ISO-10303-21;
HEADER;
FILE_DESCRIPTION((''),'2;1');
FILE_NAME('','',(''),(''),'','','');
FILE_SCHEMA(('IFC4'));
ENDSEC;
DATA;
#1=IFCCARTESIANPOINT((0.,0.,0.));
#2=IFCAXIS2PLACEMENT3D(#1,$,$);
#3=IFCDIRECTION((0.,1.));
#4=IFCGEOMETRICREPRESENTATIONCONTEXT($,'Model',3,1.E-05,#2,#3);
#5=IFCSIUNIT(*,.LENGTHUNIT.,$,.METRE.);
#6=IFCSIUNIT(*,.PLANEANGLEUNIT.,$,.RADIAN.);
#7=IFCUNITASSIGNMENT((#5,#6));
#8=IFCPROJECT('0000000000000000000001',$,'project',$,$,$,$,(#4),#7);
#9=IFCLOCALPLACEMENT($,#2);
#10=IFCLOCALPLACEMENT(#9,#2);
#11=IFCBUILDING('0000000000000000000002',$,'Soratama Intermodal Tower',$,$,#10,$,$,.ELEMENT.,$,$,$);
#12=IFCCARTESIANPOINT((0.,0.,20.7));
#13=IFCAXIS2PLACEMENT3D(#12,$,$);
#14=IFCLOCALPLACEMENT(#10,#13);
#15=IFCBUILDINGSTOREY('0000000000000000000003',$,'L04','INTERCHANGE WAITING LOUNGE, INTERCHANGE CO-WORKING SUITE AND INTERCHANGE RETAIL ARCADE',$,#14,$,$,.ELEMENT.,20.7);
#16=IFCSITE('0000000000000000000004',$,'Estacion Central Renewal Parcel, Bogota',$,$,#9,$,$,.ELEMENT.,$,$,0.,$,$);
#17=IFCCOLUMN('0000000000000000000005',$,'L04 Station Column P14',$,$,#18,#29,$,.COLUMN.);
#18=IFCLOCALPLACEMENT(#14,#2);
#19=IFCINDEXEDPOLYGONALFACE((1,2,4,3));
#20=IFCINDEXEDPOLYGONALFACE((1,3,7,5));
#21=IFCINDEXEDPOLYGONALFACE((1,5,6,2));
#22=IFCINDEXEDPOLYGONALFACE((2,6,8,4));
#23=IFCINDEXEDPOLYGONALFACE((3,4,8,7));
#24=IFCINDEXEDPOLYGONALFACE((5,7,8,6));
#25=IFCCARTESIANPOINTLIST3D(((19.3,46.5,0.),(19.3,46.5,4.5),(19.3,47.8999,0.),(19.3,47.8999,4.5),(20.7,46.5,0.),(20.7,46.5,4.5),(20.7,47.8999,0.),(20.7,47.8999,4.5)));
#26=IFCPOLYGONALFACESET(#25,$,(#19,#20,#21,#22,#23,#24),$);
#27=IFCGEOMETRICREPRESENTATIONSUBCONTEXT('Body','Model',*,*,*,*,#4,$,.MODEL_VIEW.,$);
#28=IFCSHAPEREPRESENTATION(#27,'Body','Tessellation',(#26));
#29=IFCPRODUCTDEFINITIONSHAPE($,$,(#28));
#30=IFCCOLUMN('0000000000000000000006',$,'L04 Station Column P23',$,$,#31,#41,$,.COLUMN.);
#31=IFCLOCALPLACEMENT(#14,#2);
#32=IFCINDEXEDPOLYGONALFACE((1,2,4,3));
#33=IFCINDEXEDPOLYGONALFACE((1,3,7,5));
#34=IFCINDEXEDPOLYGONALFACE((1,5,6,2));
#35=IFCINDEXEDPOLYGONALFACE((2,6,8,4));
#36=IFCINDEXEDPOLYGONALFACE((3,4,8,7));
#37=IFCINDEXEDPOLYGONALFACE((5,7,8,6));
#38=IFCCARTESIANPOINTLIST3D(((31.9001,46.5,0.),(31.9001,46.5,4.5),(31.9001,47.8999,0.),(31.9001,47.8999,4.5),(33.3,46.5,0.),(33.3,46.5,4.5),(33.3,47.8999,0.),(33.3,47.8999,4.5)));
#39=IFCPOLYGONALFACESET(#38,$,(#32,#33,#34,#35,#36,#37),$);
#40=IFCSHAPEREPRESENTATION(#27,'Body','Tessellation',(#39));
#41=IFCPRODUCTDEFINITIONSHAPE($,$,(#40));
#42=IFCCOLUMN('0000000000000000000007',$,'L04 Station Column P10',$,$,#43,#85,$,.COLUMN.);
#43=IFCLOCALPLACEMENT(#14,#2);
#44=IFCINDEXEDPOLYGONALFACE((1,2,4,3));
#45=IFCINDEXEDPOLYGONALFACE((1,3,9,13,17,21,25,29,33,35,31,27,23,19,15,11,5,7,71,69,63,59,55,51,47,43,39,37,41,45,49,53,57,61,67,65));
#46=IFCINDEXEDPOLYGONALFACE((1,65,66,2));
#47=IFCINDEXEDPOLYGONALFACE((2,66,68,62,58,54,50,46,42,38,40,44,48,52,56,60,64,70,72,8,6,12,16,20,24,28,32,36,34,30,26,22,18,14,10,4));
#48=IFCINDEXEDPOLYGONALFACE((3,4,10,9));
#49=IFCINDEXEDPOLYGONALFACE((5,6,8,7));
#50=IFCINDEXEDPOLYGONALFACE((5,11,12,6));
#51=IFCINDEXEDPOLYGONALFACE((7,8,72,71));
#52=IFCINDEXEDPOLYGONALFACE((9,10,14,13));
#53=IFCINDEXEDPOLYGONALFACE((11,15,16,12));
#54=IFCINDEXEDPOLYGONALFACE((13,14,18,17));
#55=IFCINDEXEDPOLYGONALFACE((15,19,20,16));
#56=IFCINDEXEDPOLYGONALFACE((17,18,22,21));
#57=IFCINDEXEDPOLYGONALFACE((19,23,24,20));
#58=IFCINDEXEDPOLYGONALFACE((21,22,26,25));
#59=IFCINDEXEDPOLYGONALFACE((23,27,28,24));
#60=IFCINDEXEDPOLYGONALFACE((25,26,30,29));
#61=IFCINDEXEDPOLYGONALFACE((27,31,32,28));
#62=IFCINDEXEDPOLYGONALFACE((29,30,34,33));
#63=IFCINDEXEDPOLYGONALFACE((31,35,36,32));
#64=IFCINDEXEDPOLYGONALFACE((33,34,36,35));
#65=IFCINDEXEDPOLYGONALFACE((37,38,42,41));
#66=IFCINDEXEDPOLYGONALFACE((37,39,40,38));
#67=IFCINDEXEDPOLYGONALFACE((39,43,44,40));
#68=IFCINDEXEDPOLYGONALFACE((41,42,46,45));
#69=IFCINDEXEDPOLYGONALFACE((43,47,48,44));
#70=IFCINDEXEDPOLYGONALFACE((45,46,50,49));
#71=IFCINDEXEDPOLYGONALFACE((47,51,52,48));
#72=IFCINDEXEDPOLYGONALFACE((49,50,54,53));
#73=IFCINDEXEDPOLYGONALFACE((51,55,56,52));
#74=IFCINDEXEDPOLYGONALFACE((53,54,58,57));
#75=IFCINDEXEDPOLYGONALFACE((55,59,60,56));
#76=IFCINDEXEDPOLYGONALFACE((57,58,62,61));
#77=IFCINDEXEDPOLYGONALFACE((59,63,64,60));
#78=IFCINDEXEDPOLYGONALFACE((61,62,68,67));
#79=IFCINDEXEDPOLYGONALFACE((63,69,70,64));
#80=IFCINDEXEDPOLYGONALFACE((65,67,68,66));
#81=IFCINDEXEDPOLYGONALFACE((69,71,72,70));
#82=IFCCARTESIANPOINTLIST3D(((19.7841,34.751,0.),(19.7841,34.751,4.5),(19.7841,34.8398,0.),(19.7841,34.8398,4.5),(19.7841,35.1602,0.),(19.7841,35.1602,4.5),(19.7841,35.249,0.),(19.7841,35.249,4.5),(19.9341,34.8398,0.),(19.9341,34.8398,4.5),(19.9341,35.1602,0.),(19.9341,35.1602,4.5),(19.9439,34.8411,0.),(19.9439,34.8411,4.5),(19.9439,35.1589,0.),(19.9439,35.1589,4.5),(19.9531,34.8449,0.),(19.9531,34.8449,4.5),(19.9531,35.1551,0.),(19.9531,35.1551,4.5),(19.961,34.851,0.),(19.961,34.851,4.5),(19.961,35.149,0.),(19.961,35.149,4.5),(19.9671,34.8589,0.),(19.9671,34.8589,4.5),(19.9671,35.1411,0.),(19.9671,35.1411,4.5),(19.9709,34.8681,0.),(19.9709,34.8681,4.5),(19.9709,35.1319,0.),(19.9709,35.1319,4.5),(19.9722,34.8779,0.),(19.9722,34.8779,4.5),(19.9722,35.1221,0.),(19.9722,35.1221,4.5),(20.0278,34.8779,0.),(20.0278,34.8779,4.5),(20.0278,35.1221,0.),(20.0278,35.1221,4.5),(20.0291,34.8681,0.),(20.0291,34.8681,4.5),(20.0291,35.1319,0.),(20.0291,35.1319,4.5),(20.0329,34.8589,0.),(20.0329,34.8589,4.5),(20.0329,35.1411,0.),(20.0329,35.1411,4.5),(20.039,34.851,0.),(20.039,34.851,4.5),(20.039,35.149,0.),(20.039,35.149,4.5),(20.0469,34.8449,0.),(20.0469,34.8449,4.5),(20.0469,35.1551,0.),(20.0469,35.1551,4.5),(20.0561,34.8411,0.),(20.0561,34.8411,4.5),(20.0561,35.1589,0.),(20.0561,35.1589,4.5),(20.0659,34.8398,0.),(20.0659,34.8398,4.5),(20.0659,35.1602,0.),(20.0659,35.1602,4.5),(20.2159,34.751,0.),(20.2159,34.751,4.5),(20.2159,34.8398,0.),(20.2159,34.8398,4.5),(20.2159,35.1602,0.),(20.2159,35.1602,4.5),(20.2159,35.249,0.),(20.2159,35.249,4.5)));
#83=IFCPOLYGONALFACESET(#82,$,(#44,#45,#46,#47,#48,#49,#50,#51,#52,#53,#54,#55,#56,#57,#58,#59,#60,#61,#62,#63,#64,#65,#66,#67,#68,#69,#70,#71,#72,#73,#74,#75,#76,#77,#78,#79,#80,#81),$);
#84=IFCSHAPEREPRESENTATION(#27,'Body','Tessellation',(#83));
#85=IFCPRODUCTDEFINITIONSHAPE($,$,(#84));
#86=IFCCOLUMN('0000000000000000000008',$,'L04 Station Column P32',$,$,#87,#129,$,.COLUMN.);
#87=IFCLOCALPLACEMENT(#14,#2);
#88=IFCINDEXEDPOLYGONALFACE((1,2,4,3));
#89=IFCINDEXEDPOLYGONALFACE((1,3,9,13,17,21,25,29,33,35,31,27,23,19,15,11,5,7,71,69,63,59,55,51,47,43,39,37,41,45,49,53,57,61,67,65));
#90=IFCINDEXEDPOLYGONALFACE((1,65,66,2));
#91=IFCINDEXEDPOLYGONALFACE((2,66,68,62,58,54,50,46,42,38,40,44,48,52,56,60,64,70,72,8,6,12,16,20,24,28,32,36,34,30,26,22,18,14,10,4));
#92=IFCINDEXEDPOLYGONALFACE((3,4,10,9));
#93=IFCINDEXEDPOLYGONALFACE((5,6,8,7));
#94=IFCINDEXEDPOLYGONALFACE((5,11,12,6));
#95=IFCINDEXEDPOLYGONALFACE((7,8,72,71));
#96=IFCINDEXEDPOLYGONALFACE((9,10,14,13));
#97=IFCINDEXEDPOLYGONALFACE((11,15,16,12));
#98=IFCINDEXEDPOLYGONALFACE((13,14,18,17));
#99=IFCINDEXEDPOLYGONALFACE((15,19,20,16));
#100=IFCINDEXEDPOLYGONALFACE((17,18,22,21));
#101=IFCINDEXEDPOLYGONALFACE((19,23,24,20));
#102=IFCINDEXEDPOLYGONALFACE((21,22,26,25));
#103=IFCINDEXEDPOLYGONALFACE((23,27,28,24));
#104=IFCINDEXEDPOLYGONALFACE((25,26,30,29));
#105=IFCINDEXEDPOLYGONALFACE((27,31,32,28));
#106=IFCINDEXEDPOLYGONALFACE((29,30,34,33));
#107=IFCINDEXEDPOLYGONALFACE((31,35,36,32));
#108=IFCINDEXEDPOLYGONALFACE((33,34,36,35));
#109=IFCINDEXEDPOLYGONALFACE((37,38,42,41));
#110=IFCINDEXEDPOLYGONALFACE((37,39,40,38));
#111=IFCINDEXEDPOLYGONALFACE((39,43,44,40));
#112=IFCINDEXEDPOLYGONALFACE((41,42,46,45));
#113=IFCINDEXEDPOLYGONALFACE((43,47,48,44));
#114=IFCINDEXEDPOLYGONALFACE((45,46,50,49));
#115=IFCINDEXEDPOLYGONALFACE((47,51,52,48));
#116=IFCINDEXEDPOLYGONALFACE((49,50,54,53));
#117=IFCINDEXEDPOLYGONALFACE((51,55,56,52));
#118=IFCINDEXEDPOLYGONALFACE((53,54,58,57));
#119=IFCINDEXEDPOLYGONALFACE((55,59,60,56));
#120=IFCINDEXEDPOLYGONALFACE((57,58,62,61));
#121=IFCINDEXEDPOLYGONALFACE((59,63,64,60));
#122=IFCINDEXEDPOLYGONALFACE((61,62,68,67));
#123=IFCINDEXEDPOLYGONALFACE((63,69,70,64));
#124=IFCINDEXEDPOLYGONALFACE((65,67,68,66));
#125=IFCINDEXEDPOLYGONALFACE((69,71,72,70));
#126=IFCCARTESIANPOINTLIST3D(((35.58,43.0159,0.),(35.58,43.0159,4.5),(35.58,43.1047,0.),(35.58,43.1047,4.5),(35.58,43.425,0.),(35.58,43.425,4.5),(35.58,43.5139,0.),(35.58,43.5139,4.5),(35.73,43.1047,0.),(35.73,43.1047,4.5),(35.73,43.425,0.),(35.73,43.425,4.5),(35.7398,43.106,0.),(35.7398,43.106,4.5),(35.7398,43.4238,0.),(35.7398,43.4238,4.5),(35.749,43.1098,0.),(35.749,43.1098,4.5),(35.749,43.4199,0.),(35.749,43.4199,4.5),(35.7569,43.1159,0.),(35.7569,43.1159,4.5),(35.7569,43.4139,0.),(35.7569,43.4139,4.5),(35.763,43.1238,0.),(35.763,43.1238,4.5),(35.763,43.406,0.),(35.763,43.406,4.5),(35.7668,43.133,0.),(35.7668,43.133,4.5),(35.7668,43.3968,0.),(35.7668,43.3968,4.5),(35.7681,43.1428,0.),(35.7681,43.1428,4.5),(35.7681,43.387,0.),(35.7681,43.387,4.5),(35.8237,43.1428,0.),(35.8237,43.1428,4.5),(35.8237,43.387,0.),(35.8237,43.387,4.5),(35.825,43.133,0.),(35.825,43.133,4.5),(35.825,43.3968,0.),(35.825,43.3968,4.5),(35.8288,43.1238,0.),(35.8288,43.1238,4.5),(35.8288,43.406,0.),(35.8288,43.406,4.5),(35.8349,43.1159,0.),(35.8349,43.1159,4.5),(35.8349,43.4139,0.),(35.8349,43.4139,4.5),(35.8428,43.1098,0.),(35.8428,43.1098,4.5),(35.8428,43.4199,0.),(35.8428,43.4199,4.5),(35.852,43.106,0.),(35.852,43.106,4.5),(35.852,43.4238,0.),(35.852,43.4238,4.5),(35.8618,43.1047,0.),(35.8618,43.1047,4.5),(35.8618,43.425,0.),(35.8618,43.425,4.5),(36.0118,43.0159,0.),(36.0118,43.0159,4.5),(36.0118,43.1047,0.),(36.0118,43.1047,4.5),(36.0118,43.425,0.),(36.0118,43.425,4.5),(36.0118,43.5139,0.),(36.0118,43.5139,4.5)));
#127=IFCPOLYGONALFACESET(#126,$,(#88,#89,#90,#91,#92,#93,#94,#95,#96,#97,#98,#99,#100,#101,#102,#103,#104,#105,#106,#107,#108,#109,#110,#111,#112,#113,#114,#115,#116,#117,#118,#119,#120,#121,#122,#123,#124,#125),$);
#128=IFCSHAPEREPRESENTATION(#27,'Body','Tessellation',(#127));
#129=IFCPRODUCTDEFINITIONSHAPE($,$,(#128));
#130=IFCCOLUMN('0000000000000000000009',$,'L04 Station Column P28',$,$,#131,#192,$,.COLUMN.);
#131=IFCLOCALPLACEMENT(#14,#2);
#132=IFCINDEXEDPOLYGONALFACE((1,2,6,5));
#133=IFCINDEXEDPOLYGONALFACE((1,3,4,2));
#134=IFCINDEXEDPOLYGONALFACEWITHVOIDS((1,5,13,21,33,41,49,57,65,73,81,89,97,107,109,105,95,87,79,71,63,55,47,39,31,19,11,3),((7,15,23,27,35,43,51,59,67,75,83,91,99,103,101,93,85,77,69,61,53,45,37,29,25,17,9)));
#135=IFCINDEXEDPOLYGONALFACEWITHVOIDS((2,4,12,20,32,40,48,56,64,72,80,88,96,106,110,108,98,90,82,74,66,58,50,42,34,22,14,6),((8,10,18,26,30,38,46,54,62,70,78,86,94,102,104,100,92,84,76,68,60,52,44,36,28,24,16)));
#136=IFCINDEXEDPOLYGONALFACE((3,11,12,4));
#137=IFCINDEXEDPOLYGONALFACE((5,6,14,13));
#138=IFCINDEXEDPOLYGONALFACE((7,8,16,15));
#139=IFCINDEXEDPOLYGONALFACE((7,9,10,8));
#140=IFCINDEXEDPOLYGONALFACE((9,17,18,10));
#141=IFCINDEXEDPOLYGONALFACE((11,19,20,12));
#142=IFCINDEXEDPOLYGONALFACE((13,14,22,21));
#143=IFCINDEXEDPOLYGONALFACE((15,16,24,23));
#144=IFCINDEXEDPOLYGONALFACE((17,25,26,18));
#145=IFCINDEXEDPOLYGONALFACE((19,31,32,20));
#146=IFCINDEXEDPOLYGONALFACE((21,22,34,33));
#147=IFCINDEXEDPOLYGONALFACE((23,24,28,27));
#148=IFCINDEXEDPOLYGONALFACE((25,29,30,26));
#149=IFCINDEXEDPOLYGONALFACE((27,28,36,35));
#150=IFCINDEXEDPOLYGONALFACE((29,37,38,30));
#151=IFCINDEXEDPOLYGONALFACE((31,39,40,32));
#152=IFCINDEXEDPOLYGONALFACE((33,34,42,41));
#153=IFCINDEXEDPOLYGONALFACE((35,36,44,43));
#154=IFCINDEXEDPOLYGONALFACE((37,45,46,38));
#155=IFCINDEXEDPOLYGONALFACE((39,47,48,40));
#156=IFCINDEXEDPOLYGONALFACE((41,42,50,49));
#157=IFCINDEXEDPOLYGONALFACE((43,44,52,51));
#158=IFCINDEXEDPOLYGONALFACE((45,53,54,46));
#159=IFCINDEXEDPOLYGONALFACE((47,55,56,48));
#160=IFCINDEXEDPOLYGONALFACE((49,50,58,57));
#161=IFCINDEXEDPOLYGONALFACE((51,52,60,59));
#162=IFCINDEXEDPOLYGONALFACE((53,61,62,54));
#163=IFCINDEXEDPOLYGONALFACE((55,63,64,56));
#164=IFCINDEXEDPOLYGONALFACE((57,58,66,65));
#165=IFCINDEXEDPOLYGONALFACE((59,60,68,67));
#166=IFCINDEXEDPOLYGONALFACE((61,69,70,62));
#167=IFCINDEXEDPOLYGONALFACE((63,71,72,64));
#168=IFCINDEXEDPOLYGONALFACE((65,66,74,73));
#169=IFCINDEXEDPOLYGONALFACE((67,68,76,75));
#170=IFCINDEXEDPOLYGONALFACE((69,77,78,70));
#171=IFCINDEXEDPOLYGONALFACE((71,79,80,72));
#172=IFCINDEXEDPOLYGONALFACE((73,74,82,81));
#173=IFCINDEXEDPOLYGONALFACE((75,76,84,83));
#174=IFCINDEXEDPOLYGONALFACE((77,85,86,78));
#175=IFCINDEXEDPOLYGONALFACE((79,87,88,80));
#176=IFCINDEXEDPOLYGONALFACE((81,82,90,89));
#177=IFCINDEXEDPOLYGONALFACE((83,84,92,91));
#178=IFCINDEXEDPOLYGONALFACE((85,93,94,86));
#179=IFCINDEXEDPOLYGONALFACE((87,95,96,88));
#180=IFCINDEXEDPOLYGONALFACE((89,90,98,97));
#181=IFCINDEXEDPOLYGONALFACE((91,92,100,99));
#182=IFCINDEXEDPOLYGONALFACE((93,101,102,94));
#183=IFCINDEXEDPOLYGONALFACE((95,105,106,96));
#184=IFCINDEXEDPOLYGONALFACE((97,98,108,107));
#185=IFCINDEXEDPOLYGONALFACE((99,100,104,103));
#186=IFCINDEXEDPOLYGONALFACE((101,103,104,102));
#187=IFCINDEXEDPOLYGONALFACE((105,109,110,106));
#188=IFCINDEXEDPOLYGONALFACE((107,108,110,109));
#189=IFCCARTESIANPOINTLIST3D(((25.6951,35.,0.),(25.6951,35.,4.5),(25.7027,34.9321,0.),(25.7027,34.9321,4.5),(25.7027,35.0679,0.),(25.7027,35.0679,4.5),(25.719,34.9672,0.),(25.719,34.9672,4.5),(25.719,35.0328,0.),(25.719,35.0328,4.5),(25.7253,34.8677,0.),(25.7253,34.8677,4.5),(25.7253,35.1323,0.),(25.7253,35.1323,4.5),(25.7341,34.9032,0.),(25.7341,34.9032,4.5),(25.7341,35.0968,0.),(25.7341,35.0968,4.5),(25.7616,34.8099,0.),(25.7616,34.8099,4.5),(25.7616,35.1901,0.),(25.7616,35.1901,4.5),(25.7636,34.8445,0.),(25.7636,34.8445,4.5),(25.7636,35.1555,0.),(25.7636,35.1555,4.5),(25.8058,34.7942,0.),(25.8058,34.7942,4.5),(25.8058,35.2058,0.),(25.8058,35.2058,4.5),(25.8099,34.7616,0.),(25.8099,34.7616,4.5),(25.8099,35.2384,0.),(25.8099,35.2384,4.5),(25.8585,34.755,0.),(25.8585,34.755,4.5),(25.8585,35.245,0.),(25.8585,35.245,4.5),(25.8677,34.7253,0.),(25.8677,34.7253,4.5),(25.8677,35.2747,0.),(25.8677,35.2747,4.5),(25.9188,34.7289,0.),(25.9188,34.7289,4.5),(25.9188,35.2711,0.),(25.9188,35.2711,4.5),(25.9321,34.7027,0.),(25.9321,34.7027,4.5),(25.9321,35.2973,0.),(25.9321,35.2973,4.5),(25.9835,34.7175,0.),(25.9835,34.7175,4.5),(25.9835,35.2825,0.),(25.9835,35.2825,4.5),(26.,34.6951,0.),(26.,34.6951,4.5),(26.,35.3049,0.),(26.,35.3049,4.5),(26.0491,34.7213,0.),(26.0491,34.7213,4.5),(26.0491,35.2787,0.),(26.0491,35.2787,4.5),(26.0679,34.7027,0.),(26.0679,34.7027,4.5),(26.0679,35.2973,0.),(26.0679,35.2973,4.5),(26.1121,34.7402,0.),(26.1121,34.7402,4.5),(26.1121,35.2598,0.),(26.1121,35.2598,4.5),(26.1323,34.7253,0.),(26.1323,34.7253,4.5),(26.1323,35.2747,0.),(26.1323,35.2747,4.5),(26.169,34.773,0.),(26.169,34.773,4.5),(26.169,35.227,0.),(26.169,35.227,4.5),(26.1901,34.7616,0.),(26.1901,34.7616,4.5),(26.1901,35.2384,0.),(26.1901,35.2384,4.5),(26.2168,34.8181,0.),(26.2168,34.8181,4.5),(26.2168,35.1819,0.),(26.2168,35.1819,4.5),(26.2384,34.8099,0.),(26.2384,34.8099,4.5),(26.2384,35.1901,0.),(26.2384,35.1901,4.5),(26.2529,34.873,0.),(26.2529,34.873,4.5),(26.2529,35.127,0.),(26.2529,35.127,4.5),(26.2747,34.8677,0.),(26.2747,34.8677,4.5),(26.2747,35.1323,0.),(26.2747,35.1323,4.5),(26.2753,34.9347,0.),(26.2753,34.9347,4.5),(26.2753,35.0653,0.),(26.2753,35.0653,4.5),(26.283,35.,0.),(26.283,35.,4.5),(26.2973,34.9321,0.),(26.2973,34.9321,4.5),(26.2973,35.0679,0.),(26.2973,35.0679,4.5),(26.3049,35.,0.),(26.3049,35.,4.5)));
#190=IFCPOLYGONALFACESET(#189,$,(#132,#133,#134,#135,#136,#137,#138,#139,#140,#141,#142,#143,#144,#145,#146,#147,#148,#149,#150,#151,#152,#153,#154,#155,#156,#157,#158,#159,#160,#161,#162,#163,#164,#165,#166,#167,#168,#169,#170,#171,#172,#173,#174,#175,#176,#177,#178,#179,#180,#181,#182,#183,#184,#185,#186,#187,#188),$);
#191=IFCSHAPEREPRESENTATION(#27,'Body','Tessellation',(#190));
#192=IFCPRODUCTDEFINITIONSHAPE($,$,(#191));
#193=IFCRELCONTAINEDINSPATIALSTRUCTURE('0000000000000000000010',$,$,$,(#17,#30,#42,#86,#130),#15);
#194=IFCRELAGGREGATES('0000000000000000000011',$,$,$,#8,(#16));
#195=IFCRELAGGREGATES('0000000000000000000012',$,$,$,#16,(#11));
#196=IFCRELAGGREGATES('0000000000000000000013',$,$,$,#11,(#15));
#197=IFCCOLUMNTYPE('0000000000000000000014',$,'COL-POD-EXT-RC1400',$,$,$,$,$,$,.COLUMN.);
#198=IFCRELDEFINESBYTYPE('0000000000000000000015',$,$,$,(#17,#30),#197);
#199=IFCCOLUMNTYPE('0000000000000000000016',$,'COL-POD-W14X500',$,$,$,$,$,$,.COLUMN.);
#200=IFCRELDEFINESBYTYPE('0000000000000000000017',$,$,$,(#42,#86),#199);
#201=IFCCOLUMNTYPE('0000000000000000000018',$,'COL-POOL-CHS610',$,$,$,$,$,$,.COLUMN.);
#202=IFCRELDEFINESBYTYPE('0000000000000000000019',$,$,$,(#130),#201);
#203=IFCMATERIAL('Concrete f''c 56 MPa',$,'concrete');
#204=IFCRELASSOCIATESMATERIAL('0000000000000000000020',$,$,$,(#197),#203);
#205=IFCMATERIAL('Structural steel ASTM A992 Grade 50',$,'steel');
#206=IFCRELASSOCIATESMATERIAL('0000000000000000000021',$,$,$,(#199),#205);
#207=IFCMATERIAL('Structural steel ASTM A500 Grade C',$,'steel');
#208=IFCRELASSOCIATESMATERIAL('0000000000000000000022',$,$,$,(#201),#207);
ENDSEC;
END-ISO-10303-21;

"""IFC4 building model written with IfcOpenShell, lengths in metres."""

from ifc_helpers import new_model, si_unit, direction, frame, origin, origin_2d, place, context, subcontext, project, spatial, rectangle, hollow_circle, i_section, extrude, material, material_profile, profile_set, type_object, element, save


model = new_model("IFC4")

# Units and contexts
model_context = context("Model", 3, precision=1e-05, world=origin(), true_north=direction((0.0, 1.0)))
body_context = subcontext(model_context, "Body", "Model", "MODEL_VIEW")
ifc_project = project(units=[si_unit("LENGTHUNIT", "METRE"), si_unit("PLANEANGLEUNIT", "RADIAN")], contexts=[model_context])

# Site, building, storey
site_placement = place(None, origin())
site = spatial("IfcSite", under=ifc_project, at=site_placement, Name="Estacion Central Renewal Parcel, Bogota", CompositionType="ELEMENT", RefElevation=0.0)
building_placement = place(site_placement, origin())
building = spatial("IfcBuilding", under=site, at=building_placement, Name="Soratama Intermodal Tower", CompositionType="ELEMENT")
storey_placement = place(building_placement, frame((0.0, 0.0, 20.7)))
storey = spatial("IfcBuildingStorey", under=building, at=storey_placement, Name="L04", Description="INTERCHANGE WAITING LOUNGE, INTERCHANGE CO-WORKING SUITE AND INTERCHANGE RETAIL ARCADE", CompositionType="ELEMENT", Elevation=20.7)

# Columns
ifc_material_1 = material(Name="Concrete f'c 56 MPa", Category="concrete")
ifc_material_profile_1 = material_profile(ifc_material_1, rectangle(XDim=1.3999, YDim=1.3999, at=origin_2d()), Name="RC1400X1400")
ifc_profile_set_1 = profile_set([ifc_material_profile_1], Name="Concrete f'c 56 MPa")
column_type_1 = type_object("IfcColumnType", Name="COL-POD-EXT-RC1400", PredefinedType="COLUMN", material=ifc_profile_set_1)
for number, where, z_axis, x_axis, name in (
    (1, (20.0, 47.2, 0.0), (0.0, 0.0, 1.0), (1.0, 0.0, 0.0), "L04 Station Column P14"),
    (2, (32.6001, 47.2, 0.0), (0.0, 0.0, 1.0), (1.0, 0.0, 0.0), "L04 Station Column P23"),
):
    element("IfcColumn", number, at=place(storey_placement, frame(where, z_axis=z_axis, x_axis=x_axis)), inside=storey, type_object=column_type_1, Name=name, PredefinedType="COLUMN", context=body_context, shape_type="SweptSolid", body=[
        extrude(rectangle(XDim=1.3999, YDim=1.3999, at=origin_2d()), origin(), (0.0, 0.0, 1.0), 4.5),
    ])
ifc_material_2 = material(Name="Structural steel ASTM A992 Grade 50", Category="steel")
ifc_material_profile_2 = material_profile(ifc_material_2, i_section(OverallWidth=0.4319, OverallDepth=0.498, WebThickness=0.0557, FlangeThickness=0.0889, FilletRadius=0.0381, at=origin_2d()), Name="W14X500")
ifc_profile_set_2 = profile_set([ifc_material_profile_2], Name="Structural steel ASTM A992 Grade 50")
column_type_2 = type_object("IfcColumnType", Name="COL-POD-W14X500", PredefinedType="COLUMN", material=ifc_profile_set_2)
for number, where, z_axis, x_axis, name in (
    (3, (20.0, 35.0, 0.0), (0.0, 0.0, 1.0), (1.0, 0.0, 0.0), "L04 Station Column P10"),
    (4, (35.7959, 43.2649, 0.0), (0.0, 0.0, 1.0), (1.0, 0.0, 0.0), "L04 Station Column P32"),
):
    element("IfcColumn", number, at=place(storey_placement, frame(where, z_axis=z_axis, x_axis=x_axis)), inside=storey, type_object=column_type_2, Name=name, PredefinedType="COLUMN", context=body_context, shape_type="SweptSolid", body=[
        extrude(i_section(OverallWidth=0.4319, OverallDepth=0.498, WebThickness=0.0557, FlangeThickness=0.0889, FilletRadius=0.0381, at=origin_2d()), origin(), (0.0, 0.0, 1.0), 4.5),
    ])
ifc_material_3 = material(Name="Structural steel ASTM A500 Grade C", Category="steel")
ifc_material_profile_3 = material_profile(ifc_material_3, hollow_circle(Radius=0.3049, WallThickness=0.022, at=origin_2d()), Name="CHS610X22")
ifc_profile_set_3 = profile_set([ifc_material_profile_3], Name="Structural steel ASTM A500 Grade C")
column_type_3 = type_object("IfcColumnType", Name="COL-POOL-CHS610", PredefinedType="COLUMN", material=ifc_profile_set_3)
column_1_placement = place(storey_placement, frame((26.0, 35.0, 0.0), z_axis=(0.0, 0.0, 1.0), x_axis=(1.0, 0.0, 0.0)))
element("IfcColumn", 5, at=column_1_placement, inside=storey, type_object=column_type_3, Name="L04 Station Column P28", PredefinedType="COLUMN", context=body_context, shape_type="SweptSolid", body=[
    extrude(hollow_circle(Radius=0.3049, WallThickness=0.022, at=origin_2d()), origin(), (0.0, 0.0, 1.0), 4.5),
])

save(model, "model.ifc")
